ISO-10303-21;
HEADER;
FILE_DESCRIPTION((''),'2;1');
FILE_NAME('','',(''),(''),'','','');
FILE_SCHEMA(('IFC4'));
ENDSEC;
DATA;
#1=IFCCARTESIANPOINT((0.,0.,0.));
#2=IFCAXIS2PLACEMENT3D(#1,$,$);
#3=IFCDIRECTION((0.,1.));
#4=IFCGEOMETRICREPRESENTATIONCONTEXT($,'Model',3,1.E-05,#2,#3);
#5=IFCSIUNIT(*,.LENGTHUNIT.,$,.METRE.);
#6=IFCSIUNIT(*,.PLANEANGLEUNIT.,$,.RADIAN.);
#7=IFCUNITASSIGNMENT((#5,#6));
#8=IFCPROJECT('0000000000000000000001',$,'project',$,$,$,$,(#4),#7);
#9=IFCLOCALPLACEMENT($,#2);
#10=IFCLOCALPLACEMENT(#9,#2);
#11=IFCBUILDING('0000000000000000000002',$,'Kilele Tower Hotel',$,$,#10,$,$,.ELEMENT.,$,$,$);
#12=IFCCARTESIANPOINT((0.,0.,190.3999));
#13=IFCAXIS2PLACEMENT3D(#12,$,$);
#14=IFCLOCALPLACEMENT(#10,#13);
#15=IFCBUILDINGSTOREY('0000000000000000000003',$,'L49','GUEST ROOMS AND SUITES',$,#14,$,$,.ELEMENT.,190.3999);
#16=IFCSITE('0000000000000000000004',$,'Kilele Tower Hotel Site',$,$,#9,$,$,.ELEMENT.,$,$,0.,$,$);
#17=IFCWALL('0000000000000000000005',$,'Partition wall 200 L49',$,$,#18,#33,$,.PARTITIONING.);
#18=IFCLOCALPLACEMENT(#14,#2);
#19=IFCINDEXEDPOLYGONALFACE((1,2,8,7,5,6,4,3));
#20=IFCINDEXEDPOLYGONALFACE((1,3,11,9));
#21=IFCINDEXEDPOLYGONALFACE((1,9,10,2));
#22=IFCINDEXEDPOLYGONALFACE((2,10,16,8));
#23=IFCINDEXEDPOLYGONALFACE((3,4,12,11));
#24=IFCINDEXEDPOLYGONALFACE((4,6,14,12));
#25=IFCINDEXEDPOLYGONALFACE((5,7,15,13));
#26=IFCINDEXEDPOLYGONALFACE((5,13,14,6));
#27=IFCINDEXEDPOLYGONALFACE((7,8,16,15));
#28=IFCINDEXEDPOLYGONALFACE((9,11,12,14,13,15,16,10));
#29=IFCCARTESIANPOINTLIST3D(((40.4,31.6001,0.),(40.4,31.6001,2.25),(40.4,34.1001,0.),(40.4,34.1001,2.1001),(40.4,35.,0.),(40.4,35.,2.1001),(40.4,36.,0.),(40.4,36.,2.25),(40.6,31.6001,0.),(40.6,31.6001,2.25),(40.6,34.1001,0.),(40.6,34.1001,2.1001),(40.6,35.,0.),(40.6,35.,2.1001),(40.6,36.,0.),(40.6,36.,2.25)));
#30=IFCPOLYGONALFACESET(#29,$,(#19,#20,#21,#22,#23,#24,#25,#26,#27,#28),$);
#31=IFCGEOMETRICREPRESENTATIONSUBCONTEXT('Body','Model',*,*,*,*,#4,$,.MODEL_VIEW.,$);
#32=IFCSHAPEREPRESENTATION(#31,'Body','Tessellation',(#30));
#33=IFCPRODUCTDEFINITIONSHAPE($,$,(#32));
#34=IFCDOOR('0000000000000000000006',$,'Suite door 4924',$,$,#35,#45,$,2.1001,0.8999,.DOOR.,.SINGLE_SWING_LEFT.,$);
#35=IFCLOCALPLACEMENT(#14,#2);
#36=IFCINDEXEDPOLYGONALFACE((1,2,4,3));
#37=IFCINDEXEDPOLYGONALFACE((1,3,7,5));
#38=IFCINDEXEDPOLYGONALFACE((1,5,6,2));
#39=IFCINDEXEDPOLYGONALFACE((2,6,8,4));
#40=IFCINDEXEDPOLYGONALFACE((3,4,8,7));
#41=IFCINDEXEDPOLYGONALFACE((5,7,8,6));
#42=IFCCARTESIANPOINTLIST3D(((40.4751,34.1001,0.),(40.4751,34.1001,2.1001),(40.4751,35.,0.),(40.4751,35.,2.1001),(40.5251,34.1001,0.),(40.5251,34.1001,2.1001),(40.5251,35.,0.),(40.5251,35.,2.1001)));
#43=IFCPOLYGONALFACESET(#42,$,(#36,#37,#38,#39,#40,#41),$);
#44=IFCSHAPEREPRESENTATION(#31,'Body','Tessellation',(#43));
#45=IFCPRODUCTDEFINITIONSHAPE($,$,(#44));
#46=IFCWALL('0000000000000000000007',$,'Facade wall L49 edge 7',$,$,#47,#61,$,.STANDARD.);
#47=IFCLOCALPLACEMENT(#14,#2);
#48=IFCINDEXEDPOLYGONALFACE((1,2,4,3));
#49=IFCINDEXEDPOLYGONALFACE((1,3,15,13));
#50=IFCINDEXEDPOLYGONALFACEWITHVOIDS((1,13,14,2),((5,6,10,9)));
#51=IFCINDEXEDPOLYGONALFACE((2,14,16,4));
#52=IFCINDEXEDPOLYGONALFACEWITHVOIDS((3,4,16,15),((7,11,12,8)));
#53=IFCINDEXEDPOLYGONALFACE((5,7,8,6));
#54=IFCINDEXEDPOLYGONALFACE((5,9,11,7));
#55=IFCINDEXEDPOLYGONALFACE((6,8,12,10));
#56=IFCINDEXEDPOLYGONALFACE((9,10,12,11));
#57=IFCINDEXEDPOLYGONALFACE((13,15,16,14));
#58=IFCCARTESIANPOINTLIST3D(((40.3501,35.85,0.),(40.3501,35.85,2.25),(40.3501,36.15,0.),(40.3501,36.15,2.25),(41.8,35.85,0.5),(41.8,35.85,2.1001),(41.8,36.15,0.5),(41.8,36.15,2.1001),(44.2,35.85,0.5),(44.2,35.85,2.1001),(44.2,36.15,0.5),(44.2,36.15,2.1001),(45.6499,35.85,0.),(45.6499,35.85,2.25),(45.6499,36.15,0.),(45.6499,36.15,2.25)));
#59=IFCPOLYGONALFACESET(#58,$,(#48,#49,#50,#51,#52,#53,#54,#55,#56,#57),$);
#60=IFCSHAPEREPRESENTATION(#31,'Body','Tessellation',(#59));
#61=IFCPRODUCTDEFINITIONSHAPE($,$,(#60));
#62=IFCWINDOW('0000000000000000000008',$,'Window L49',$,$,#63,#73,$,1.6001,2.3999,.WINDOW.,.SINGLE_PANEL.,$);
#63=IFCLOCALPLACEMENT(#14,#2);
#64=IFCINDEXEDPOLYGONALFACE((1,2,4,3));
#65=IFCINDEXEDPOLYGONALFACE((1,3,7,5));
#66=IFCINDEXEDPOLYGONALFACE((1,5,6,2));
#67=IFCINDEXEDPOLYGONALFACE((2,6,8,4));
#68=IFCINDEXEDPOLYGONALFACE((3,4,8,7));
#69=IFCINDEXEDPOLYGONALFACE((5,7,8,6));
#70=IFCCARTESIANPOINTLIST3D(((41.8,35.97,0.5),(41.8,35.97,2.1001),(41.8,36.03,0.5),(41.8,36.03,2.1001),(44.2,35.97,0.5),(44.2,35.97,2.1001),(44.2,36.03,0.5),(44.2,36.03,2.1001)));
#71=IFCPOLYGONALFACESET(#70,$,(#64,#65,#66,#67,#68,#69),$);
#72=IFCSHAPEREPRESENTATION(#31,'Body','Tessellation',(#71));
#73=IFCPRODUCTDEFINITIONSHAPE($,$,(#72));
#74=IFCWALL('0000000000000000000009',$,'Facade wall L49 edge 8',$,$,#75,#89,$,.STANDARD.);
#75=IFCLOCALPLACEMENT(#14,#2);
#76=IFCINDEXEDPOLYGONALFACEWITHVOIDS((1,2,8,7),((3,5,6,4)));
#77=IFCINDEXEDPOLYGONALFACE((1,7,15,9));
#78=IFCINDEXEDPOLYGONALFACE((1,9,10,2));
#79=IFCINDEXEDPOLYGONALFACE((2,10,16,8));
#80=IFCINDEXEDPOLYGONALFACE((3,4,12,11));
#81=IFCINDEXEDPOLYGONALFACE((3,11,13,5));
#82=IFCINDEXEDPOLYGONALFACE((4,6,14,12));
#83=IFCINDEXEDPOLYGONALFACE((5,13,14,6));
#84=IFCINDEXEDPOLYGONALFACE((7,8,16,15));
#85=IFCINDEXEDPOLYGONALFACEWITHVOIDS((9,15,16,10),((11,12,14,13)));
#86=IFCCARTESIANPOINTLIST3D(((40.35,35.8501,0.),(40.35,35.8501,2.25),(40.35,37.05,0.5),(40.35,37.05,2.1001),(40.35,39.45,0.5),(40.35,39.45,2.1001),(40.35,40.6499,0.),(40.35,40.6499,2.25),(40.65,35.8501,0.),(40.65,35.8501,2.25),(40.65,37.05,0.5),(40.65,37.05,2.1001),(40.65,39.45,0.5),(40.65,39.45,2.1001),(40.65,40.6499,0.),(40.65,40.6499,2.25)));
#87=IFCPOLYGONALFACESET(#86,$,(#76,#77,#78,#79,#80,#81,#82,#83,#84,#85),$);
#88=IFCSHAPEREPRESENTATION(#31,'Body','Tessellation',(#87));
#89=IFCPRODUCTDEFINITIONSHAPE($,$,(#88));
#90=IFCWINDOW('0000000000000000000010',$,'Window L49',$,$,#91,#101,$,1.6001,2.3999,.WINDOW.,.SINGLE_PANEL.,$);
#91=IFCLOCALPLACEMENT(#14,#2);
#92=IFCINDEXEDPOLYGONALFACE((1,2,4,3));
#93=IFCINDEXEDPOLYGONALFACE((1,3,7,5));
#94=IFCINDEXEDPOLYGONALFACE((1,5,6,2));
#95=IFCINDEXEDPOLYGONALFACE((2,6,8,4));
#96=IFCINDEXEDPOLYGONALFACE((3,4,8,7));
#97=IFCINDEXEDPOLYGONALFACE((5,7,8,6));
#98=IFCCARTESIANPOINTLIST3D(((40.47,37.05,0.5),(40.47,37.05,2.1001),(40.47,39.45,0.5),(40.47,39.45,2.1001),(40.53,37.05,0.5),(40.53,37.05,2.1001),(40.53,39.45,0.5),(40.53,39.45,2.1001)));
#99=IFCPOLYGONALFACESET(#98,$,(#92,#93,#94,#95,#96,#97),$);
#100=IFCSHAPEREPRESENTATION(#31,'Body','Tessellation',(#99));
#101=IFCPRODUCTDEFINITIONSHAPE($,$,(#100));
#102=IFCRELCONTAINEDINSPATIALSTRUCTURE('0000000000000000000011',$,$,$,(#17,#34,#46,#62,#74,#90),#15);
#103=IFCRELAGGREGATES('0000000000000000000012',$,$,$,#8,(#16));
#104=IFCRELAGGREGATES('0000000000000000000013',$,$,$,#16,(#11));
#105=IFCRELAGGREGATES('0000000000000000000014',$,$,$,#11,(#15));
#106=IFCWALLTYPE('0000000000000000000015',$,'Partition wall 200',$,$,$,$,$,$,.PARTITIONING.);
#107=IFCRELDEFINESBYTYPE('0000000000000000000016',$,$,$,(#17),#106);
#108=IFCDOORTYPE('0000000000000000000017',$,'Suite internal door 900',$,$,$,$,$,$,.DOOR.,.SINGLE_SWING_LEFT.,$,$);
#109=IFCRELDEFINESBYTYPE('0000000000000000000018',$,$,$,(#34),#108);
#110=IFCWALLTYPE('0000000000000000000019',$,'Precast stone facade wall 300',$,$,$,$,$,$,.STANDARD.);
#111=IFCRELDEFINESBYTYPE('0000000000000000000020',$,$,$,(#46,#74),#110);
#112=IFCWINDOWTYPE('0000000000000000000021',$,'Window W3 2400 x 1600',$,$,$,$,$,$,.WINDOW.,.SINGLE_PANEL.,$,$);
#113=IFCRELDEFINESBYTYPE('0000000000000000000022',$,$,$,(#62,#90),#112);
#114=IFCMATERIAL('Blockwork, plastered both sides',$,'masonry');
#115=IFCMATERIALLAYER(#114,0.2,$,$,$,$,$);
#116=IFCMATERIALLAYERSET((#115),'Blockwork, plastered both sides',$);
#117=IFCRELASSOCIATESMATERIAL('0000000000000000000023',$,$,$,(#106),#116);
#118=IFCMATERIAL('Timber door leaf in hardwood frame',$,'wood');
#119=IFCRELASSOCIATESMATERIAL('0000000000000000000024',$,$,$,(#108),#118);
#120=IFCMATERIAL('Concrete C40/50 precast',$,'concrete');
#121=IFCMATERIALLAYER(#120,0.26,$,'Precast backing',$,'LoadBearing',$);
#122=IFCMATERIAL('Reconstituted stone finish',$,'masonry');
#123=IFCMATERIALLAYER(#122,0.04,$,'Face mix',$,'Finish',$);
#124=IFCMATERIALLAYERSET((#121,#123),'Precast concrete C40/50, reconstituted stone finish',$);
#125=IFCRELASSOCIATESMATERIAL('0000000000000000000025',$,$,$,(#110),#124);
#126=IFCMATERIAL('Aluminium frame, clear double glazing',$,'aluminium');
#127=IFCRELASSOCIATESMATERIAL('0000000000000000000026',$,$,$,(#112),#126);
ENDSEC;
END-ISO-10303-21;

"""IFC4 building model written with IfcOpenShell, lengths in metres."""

from ifc_helpers import new_model, si_unit, direction, frame, frame_2d, origin, place, context, subcontext, project, spatial, rectangle, extrude, material, layer, layer_set, type_object, element, fill, save


model = new_model("IFC4")

# Units and contexts
model_context = context("Model", 3, precision=1e-05, world=origin(), true_north=direction((0.0, 1.0)))
body_context = subcontext(model_context, "Body", "Model", "MODEL_VIEW")
ifc_project = project(units=[si_unit("LENGTHUNIT", "METRE"), si_unit("PLANEANGLEUNIT", "RADIAN")], contexts=[model_context])

# Site, building, storey
site_placement = place(None, origin())
site = spatial("IfcSite", under=ifc_project, at=site_placement, Name="Kilele Tower Hotel Site", CompositionType="ELEMENT", RefElevation=0.0)
building_placement = place(site_placement, origin())
building = spatial("IfcBuilding", under=site, at=building_placement, Name="Kilele Tower Hotel", CompositionType="ELEMENT")
storey_placement = place(building_placement, frame((0.0, 0.0, 190.3999)))
storey = spatial("IfcBuildingStorey", under=building, at=storey_placement, Name="L49", Description="GUEST ROOMS AND SUITES", CompositionType="ELEMENT", Elevation=190.3999)

# Wall, opening, door
ifc_material_1 = material(Name="Blockwork, plastered both sides", Category="masonry")
ifc_layer_1 = layer(ifc_material_1, 0.2)
ifc_layer_set_1 = layer_set([ifc_layer_1], Name="Blockwork, plastered both sides")
wall_type_1 = type_object("IfcWallType", Name="Partition wall 200", PredefinedType="PARTITIONING", material=ifc_layer_set_1)
wall_1_placement = place(storey_placement, frame((40.5, 31.6001, 0.0), z_axis=(0.0, 0.0, 1.0), x_axis=(0.0, 1.0, 0.0)))
wall_1 = element("IfcWall", 1, at=wall_1_placement, inside=storey, type_object=wall_type_1, Name="Partition wall 200 L49", PredefinedType="PARTITIONING", context=body_context, shape_type="SweptSolid", body=[
    extrude(rectangle(XDim=4.3999, YDim=0.2, at=frame_2d((2.2, 0.0))), origin(), (0.0, 0.0, 1.0), 2.25),
])
opening_1_placement = place(wall_1_placement, frame((2.5, 0.0, 0.0)))
opening_1 = element("IfcOpeningElement", 2, at=opening_1_placement, cuts=wall_1, PredefinedType="OPENING", context=body_context, shape_type="SweptSolid", body=[
    extrude(rectangle(XDim=0.8999, YDim=2.1001, at=frame_2d((0.45, 1.05))), frame((0.0, 0.1099, 0.0), z_axis=(0.0, -1.0, 0.0), x_axis=(1.0, 0.0, 0.0)), (0.0, 0.0, 1.0), 0.22),
])
ifc_material_2 = material(Name="Timber door leaf in hardwood frame", Category="wood")
door_type_1 = type_object("IfcDoorType", Name="Suite internal door 900", OperationType="SINGLE_SWING_LEFT", PredefinedType="DOOR", material=ifc_material_2)
door_1_placement = place(opening_1_placement, origin())
door_1 = element("IfcDoor", 3, at=door_1_placement, inside=storey, type_object=door_type_1, Name="Suite door 4924", OperationType="SINGLE_SWING_LEFT", OverallHeight=2.1001, OverallWidth=0.8999, PredefinedType="DOOR", context=body_context, shape_type="SweptSolid", body=[
    extrude(rectangle(XDim=0.8999, YDim=2.1001, at=frame_2d((0.45, 1.05))), frame((0.0, 0.0249, 0.0), z_axis=(0.0, -1.0, 0.0), x_axis=(1.0, 0.0, 0.0)), (0.0, 0.0, 1.0), 0.05),
])
fill(opening_1, door_1)

# Walls, openings, windows
ifc_material_3 = material(Name="Concrete C40/50 precast", Category="concrete")
ifc_layer_2 = layer(ifc_material_3, 0.26, Name="Precast backing", Category="LoadBearing")
ifc_material_4 = material(Name="Reconstituted stone finish", Category="masonry")
ifc_layer_3 = layer(ifc_material_4, 0.04, Name="Face mix", Category="Finish")
ifc_layer_set_2 = layer_set([ifc_layer_2, ifc_layer_3], Name="Precast concrete C40/50, reconstituted stone finish")
wall_type_2 = type_object("IfcWallType", Name="Precast stone facade wall 300", PredefinedType="STANDARD", material=ifc_layer_set_2)
wall_2_placement = place(storey_placement, frame((45.6499, 36.0, 0.0), z_axis=(0.0, 0.0, 1.0), x_axis=(-1.0, 0.0, 0.0)))
wall_2 = element("IfcWall", 4, at=wall_2_placement, inside=storey, type_object=wall_type_2, Name="Facade wall L49 edge 7", PredefinedType="STANDARD", context=body_context, shape_type="SweptSolid", body=[
    extrude(rectangle(XDim=5.2998, YDim=0.3, at=frame_2d((2.6499, 0.0))), origin(), (0.0, 0.0, 1.0), 2.25),
])
opening_2_placement = place(wall_2_placement, frame((1.45, 0.0, 0.5)))
opening_2 = element("IfcOpeningElement", 5, at=opening_2_placement, cuts=wall_2, PredefinedType="OPENING", context=body_context, shape_type="SweptSolid", body=[
    extrude(rectangle(XDim=2.3999, YDim=1.6001, at=frame_2d((1.2, 0.8))), frame((0.0, 0.1599, 0.0), z_axis=(0.0, -1.0, 0.0), x_axis=(1.0, 0.0, 0.0)), (0.0, 0.0, 1.0), 0.3201),
])
ifc_material_5 = material(Name="Aluminium frame, clear double glazing", Category="aluminium")
window_type = type_object("IfcWindowType", Name="Window W3 2400 x 1600", PartitioningType="SINGLE_PANEL", PredefinedType="WINDOW", material=ifc_material_5)
window_1_placement = place(opening_2_placement, origin())
window_1 = element("IfcWindow", 6, at=window_1_placement, inside=storey, type_object=window_type, Name="Window L49", OverallHeight=1.6001, OverallWidth=2.3999, PartitioningType="SINGLE_PANEL", PredefinedType="WINDOW", context=body_context, shape_type="SweptSolid", body=[
    extrude(rectangle(XDim=2.3999, YDim=1.6001, at=frame_2d((1.2, 0.8))), frame((0.0, 0.03, 0.0), z_axis=(0.0, -1.0, 0.0), x_axis=(1.0, 0.0, 0.0)), (0.0, 0.0, 1.0), 0.0601),
])
fill(opening_2, window_1)
wall_3_placement = place(storey_placement, frame((40.5, 35.8501, 0.0), z_axis=(0.0, 0.0, 1.0), x_axis=(0.0, 1.0, 0.0)))
wall_3 = element("IfcWall", 7, at=wall_3_placement, inside=storey, type_object=wall_type_2, Name="Facade wall L49 edge 8", PredefinedType="STANDARD", context=body_context, shape_type="SweptSolid", body=[
    extrude(rectangle(XDim=4.7998, YDim=0.3, at=frame_2d((2.3999, 0.0))), origin(), (0.0, 0.0, 1.0), 2.25),
])
opening_3_placement = place(wall_3_placement, frame((1.2, 0.0, 0.5)))
opening_3 = element("IfcOpeningElement", 8, at=opening_3_placement, cuts=wall_3, PredefinedType="OPENING", context=body_context, shape_type="SweptSolid", body=[
    extrude(rectangle(XDim=2.3999, YDim=1.6001, at=frame_2d((1.2, 0.8))), frame((0.0, 0.1599, 0.0), z_axis=(0.0, -1.0, 0.0), x_axis=(1.0, 0.0, 0.0)), (0.0, 0.0, 1.0), 0.3201),
])
window_2_placement = place(opening_3_placement, origin())
window_2 = element("IfcWindow", 9, at=window_2_placement, inside=storey, type_object=window_type, Name="Window L49", OverallHeight=1.6001, OverallWidth=2.3999, PartitioningType="SINGLE_PANEL", PredefinedType="WINDOW", context=body_context, shape_type="SweptSolid", body=[
    extrude(rectangle(XDim=2.3999, YDim=1.6001, at=frame_2d((1.2, 0.8))), frame((0.0, 0.03, 0.0), z_axis=(0.0, -1.0, 0.0), x_axis=(1.0, 0.0, 0.0)), (0.0, 0.0, 1.0), 0.0601),
])
fill(opening_3, window_2)

save(model, "model.ifc")
